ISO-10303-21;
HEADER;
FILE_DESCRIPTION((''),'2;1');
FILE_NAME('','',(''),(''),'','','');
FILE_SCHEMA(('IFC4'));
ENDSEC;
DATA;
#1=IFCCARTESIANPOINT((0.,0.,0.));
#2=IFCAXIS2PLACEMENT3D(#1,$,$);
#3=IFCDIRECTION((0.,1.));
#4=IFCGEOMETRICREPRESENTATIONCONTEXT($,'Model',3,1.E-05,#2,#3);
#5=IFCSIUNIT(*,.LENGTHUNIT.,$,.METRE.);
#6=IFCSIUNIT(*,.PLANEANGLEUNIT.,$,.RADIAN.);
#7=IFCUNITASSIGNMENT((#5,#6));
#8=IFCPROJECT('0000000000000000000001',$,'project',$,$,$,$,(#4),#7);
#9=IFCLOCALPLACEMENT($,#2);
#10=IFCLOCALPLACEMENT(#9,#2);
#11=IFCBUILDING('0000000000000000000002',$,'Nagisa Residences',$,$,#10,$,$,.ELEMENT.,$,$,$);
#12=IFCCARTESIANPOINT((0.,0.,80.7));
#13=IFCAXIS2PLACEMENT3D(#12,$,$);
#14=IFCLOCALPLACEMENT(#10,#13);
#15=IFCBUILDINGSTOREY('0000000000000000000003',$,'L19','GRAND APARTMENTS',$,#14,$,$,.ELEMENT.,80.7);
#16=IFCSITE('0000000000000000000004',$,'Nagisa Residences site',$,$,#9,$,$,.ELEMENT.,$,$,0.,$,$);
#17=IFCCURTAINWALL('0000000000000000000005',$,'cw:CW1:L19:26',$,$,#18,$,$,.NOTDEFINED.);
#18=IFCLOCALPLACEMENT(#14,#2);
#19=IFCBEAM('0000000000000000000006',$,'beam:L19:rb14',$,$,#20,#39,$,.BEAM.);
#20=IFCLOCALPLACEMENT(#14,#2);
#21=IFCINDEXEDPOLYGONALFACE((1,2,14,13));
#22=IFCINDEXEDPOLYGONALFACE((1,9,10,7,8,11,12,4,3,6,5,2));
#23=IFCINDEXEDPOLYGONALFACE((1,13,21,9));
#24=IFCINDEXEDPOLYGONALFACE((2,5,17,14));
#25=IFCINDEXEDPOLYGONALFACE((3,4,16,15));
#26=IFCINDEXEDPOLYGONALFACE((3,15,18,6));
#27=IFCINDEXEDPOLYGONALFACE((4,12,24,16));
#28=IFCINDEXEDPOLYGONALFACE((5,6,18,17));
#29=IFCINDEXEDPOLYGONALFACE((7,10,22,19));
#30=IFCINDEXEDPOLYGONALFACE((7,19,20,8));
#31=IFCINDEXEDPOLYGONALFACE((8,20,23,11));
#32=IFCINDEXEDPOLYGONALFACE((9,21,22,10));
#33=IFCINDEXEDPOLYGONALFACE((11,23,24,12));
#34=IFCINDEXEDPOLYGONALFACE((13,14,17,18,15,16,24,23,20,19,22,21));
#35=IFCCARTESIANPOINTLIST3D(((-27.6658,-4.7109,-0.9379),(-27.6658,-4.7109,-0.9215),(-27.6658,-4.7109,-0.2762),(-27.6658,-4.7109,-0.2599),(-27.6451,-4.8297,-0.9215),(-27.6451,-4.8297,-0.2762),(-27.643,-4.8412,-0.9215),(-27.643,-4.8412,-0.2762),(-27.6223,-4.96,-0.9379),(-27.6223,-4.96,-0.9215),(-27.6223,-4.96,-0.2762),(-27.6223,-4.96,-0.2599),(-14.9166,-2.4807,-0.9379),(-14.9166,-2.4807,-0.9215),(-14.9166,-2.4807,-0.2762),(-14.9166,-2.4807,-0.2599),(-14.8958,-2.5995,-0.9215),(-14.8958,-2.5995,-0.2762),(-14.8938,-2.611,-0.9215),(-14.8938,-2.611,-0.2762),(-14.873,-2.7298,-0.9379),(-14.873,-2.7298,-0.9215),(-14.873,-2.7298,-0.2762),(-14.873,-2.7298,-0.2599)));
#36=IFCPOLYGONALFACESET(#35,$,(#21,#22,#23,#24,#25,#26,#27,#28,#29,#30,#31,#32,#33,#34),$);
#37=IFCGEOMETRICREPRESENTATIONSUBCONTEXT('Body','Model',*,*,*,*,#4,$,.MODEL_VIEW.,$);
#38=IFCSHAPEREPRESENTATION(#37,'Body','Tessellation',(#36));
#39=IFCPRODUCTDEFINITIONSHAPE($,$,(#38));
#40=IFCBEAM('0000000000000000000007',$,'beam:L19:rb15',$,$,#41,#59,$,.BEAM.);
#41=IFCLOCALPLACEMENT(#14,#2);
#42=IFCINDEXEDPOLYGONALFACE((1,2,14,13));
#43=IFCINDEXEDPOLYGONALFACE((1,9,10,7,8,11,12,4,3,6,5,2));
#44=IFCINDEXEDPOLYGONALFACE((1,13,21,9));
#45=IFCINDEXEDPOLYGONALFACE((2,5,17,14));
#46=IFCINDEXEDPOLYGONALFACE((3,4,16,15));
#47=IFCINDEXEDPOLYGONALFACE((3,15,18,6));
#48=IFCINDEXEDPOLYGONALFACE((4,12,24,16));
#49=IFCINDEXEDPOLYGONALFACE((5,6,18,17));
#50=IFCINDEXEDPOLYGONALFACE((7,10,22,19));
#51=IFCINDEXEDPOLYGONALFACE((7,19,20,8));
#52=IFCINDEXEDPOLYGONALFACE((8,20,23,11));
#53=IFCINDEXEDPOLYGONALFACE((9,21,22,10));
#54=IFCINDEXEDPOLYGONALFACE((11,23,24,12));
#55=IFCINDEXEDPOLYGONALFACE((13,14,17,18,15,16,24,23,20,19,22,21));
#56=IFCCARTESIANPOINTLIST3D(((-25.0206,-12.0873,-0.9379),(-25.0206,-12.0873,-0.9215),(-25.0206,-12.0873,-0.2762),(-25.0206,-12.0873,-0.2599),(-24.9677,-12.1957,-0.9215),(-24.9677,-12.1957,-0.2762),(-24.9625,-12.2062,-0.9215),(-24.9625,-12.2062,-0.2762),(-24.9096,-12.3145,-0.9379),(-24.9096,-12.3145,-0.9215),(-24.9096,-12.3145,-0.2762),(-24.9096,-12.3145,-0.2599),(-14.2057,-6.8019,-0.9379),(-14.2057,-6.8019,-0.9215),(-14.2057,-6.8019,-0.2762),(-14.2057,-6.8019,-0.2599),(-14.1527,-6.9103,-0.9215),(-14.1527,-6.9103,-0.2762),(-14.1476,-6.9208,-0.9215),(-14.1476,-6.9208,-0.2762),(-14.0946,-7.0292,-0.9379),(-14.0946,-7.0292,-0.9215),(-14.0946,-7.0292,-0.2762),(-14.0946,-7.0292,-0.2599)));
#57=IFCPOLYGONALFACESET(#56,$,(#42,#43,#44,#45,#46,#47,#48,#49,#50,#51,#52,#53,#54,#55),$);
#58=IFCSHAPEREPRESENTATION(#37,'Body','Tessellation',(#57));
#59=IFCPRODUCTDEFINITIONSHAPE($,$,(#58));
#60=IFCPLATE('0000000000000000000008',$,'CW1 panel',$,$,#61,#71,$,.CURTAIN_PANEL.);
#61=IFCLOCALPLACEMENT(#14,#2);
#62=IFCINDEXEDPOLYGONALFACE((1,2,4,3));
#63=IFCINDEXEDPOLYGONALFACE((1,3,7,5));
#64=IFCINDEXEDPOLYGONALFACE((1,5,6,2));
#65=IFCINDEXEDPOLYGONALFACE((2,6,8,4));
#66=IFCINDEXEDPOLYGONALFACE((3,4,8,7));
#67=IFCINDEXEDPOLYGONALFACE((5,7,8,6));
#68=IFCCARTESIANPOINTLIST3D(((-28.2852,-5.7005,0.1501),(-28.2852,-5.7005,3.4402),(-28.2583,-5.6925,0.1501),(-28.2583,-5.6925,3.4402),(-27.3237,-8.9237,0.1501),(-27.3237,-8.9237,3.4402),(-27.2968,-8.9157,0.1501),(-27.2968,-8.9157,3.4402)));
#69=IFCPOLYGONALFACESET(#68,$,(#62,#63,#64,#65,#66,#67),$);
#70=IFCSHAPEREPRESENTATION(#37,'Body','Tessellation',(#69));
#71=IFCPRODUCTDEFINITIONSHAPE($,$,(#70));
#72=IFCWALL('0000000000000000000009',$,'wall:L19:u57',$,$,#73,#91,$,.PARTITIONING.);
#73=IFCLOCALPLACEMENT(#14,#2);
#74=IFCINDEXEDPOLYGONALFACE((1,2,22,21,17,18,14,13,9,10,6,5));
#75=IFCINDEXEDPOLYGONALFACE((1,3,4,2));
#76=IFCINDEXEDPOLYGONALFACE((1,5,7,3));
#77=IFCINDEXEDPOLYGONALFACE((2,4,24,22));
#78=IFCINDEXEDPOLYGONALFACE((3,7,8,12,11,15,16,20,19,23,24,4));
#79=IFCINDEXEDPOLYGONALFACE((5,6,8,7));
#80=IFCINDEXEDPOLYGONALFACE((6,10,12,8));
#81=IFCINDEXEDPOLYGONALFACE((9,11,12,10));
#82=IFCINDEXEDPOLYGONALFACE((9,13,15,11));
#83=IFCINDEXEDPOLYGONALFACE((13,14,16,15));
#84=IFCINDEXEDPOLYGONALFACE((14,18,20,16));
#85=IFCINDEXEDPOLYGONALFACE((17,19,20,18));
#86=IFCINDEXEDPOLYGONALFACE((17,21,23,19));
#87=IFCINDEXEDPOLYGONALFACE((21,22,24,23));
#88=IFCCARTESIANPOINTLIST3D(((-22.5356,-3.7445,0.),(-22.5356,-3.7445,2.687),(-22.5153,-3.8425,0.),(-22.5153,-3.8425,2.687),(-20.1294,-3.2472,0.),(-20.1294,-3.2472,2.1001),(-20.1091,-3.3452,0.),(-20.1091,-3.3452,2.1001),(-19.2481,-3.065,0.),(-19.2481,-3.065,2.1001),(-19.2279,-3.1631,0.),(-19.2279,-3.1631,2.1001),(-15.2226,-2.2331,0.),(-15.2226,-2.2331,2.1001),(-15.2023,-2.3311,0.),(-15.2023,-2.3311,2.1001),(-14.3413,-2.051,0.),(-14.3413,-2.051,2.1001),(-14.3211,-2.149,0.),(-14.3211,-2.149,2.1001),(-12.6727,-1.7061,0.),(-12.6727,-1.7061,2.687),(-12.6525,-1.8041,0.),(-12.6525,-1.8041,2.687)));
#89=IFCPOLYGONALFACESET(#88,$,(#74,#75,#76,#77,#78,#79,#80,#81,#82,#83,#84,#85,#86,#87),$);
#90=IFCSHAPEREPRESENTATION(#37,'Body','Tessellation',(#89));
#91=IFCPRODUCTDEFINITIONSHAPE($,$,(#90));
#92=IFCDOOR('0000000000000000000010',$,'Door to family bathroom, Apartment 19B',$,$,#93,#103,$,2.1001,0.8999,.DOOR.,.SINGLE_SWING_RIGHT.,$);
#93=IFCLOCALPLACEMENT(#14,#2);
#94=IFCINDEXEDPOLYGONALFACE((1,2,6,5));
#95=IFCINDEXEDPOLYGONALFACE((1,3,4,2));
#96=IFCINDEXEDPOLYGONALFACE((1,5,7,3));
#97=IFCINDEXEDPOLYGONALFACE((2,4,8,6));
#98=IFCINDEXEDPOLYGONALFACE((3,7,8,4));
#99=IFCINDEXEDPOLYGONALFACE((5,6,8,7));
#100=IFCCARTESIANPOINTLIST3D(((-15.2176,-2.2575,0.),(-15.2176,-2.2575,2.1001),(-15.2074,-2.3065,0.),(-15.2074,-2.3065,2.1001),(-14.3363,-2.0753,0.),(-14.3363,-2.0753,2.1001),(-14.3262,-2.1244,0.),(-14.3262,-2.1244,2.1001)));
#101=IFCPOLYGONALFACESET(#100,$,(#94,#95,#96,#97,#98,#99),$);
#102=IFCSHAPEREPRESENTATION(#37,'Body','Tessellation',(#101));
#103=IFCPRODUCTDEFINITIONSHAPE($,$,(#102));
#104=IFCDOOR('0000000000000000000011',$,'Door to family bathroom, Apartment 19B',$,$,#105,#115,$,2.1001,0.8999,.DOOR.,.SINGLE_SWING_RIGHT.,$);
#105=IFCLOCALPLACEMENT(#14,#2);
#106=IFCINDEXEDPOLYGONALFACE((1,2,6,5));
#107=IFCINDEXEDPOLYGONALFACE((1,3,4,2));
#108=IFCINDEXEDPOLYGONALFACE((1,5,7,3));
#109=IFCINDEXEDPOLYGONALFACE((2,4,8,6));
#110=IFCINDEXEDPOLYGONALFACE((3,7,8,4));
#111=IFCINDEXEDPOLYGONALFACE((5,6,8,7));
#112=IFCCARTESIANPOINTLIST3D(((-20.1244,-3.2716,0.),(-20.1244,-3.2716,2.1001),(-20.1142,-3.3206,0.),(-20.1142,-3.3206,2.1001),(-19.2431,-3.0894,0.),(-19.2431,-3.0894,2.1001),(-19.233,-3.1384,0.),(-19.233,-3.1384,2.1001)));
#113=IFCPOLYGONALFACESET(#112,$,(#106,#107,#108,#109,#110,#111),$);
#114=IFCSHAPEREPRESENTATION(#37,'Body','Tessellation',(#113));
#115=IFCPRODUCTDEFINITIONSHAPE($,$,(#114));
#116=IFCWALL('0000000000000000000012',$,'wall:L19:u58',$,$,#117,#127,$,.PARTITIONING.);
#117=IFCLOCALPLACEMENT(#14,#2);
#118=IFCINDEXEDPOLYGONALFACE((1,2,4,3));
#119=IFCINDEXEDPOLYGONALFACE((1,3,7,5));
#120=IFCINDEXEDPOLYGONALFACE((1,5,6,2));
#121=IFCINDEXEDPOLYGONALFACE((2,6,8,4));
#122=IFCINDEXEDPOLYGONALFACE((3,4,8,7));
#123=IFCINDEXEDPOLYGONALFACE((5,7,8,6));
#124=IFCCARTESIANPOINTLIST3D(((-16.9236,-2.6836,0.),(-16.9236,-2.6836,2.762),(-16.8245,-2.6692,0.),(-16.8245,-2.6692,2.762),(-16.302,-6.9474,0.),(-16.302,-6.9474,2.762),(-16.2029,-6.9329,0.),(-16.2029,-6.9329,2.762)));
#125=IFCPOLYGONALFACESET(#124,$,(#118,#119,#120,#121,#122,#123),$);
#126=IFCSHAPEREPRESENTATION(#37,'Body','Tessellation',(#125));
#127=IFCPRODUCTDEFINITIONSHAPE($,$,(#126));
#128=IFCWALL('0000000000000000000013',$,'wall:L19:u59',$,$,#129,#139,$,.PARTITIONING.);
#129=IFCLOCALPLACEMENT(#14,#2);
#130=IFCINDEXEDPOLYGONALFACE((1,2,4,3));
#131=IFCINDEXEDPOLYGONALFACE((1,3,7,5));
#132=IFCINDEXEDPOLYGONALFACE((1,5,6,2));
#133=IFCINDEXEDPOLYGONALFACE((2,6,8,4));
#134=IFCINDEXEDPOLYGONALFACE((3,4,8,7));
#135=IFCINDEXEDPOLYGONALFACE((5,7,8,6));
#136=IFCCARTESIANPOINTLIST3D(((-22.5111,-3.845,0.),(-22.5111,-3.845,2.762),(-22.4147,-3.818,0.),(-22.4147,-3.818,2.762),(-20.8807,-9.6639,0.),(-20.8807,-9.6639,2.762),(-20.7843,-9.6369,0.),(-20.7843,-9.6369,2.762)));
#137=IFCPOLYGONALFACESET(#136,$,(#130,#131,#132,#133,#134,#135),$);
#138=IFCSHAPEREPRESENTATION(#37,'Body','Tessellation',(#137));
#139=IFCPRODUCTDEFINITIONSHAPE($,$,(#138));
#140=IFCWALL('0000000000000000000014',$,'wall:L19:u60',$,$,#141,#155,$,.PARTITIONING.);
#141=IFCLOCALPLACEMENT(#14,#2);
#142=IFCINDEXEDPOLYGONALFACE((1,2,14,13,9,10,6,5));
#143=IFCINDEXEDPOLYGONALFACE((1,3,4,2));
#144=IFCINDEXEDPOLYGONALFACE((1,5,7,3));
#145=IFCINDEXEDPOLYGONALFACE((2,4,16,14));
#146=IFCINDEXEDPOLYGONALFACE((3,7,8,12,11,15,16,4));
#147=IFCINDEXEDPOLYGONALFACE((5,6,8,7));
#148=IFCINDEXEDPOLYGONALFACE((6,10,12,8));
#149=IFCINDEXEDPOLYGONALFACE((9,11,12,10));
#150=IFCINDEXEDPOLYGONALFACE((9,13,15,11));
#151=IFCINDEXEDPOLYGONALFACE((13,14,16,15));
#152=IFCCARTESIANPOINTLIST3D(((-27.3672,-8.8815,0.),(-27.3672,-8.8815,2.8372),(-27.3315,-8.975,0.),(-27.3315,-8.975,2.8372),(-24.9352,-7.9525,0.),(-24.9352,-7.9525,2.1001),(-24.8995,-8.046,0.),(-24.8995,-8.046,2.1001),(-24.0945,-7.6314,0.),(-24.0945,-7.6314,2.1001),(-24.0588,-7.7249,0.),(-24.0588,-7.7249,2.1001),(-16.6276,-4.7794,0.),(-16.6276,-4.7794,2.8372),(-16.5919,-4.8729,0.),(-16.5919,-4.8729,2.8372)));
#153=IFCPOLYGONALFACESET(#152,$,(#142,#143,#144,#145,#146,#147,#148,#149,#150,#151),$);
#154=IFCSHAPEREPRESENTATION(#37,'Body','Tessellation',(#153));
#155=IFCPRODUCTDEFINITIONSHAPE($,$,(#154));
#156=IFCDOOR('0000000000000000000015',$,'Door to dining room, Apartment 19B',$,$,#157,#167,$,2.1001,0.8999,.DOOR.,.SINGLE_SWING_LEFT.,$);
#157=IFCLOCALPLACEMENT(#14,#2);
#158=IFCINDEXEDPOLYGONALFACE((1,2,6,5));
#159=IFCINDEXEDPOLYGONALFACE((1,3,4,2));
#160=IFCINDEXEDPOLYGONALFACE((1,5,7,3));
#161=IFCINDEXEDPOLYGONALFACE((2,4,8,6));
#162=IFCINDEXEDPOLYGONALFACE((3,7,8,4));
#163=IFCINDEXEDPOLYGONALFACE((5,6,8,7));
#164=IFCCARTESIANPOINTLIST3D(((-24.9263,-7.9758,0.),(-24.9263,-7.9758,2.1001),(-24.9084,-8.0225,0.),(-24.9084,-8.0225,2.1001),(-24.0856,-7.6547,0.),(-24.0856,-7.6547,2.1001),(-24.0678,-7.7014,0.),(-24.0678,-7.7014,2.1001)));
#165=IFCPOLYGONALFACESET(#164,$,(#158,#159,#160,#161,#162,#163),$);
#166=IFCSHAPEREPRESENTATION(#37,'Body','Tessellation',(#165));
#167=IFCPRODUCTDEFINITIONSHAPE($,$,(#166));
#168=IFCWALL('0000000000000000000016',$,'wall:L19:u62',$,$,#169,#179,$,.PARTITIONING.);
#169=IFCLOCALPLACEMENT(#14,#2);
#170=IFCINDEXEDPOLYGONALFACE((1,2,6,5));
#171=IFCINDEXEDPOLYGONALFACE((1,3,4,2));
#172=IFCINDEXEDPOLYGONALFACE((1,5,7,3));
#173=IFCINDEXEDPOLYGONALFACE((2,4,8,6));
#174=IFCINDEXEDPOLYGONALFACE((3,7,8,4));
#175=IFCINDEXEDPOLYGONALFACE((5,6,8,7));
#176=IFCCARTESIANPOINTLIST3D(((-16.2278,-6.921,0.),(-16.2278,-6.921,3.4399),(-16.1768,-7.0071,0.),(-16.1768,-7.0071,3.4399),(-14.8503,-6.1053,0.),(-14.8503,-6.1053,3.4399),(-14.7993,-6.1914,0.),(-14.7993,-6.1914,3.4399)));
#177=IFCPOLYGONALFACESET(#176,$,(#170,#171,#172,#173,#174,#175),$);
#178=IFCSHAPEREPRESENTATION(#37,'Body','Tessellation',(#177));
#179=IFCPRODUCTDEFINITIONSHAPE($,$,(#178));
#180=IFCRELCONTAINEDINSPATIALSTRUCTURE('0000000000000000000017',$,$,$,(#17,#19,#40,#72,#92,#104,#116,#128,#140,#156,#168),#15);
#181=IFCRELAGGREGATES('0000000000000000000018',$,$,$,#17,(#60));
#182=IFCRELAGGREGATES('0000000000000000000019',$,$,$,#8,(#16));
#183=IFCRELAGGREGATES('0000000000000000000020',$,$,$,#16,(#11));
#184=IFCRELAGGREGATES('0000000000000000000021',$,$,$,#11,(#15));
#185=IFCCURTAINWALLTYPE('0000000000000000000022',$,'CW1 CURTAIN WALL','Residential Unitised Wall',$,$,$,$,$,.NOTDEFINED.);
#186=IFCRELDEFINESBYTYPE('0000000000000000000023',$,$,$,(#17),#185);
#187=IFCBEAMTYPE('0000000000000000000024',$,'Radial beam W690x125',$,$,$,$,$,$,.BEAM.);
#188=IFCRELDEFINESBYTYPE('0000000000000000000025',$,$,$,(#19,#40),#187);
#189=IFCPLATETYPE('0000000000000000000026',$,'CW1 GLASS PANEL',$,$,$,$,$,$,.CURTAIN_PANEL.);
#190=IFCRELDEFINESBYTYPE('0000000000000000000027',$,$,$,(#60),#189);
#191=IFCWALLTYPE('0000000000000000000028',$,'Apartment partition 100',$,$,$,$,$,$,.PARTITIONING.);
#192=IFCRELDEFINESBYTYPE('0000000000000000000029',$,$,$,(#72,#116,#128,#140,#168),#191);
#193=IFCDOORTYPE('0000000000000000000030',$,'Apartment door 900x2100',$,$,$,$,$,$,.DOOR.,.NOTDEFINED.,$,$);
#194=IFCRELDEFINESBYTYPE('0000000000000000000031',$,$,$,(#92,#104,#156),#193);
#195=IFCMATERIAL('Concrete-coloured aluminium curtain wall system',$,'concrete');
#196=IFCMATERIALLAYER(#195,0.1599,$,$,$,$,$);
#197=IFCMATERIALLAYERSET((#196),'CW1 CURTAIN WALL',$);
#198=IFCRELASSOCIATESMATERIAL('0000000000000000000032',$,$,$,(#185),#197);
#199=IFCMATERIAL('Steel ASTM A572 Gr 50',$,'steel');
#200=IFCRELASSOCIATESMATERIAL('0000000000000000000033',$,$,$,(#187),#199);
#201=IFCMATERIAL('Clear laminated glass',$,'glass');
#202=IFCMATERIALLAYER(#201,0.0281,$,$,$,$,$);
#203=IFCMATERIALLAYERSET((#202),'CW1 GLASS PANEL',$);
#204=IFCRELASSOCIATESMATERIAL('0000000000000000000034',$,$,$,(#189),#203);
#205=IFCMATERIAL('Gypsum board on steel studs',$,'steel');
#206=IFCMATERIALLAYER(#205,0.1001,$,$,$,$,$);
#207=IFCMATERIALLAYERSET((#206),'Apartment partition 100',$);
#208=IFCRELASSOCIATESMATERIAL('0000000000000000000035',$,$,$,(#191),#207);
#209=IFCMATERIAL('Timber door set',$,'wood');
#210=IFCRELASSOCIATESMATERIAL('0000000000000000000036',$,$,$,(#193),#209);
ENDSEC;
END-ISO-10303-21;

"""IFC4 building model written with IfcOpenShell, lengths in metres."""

from ifc_helpers import new_model, si_unit, direction, frame, frame_2d, origin, origin_2d, place, context, subcontext, project, spatial, rectangle, i_section, extrude, material, layer, layer_set, material_profile, profile_set, type_object, element, fill, aggregate, save


model = new_model("IFC4")

# Units and contexts
model_context = context("Model", 3, precision=1e-05, world=origin(), true_north=direction((0.0, 1.0)))
body_context = subcontext(model_context, "Body", "Model", "MODEL_VIEW")
ifc_project = project(units=[si_unit("LENGTHUNIT", "METRE"), si_unit("PLANEANGLEUNIT", "RADIAN")], contexts=[model_context])

# Site, building, storey
site_placement = place(None, origin())
site = spatial("IfcSite", under=ifc_project, at=site_placement, Name="Nagisa Residences site", CompositionType="ELEMENT", RefElevation=0.0)
building_placement = place(site_placement, origin())
building = spatial("IfcBuilding", under=site, at=building_placement, Name="Nagisa Residences", CompositionType="ELEMENT")
storey_placement = place(building_placement, frame((0.0, 0.0, 80.7)))
storey = spatial("IfcBuildingStorey", under=building, at=storey_placement, Name="L19", Description="GRAND APARTMENTS", CompositionType="ELEMENT", Elevation=80.7)

# Curtain wall
ifc_material_1 = material(Name="Concrete-coloured aluminium curtain wall system", Category="concrete")
ifc_layer_1 = layer(ifc_material_1, 0.1599)
ifc_layer_set_1 = layer_set([ifc_layer_1], Name="CW1 CURTAIN WALL")
curtain_wall_type = type_object("IfcCurtainWallType", Name="CW1 CURTAIN WALL", Description="Residential Unitised Wall", PredefinedType="NOTDEFINED", material=ifc_layer_set_1)
curtain_wall_1_placement = place(storey_placement, origin())
curtain_wall_1 = element("IfcCurtainWall", 1, at=curtain_wall_1_placement, inside=storey, type_object=curtain_wall_type, Name="cw:CW1:L19:26", PredefinedType="NOTDEFINED")

# Beams
ifc_material_2 = material(Name="Steel ASTM A572 Gr 50", Category="steel")
ifc_material_profile_1 = material_profile(ifc_material_2, i_section(OverallWidth=0.2529, OverallDepth=0.678, WebThickness=0.0117, FlangeThickness=0.0164, at=origin_2d()), Name="W690x125")
ifc_profile_set_1 = profile_set([ifc_material_profile_1], Name="Steel ASTM A572 Gr 50")
beam_type_1 = type_object("IfcBeamType", Name="Radial beam W690x125", PredefinedType="BEAM", material=ifc_profile_set_1)
beam_1_placement = place(storey_placement, frame((-27.644, -4.8354, -0.5989), z_axis=(0.985042, 0.172313, 0.0), x_axis=(-0.172313, 0.985042, 0.0)))
element("IfcBeam", 2, at=beam_1_placement, inside=storey, type_object=beam_type_1, Name="beam:L19:rb14", PredefinedType="BEAM", context=body_context, shape_type="SweptSolid", body=[
    extrude(i_section(OverallWidth=0.2529, OverallDepth=0.678, WebThickness=0.0117, FlangeThickness=0.0164, at=origin_2d()), origin(), (0.0, 0.0, 1.0), 12.9429),
])
beam_2_placement = place(storey_placement, frame((-24.9651, -12.2009, -0.5989), z_axis=(0.898447, 0.439082, 0.0), x_axis=(-0.439082, 0.898447, 0.0)))
element("IfcBeam", 3, at=beam_2_placement, inside=storey, type_object=beam_type_1, Name="beam:L19:rb15", PredefinedType="BEAM", context=body_context, shape_type="SweptSolid", body=[
    extrude(i_section(OverallWidth=0.2529, OverallDepth=0.678, WebThickness=0.0117, FlangeThickness=0.0164, at=origin_2d()), origin(), (0.0, 0.0, 1.0), 12.0374),
])

# Plate
ifc_material_3 = material(Name="Clear laminated glass", Category="glass")
ifc_layer_2 = layer(ifc_material_3, 0.0281)
ifc_layer_set_2 = layer_set([ifc_layer_2], Name="CW1 GLASS PANEL")
plate_type = type_object("IfcPlateType", Name="CW1 GLASS PANEL", PredefinedType="CURTAIN_PANEL", material=ifc_layer_set_2)
plate_placement = place(storey_placement, frame((-27.791, -7.3081, 0.1501), z_axis=(0.0, 0.0, 1.0), x_axis=(0.28586, -0.958271, 0.0)))
plate = element("IfcPlate", 4, at=plate_placement, type_object=plate_type, Name="CW1 panel", PredefinedType="CURTAIN_PANEL", context=body_context, shape_type="SweptSolid", body=[
    extrude(rectangle(XDim=3.3635, YDim=0.0281, at=origin_2d()), origin(), (0.0, 0.0, 1.0), 3.29),
])
aggregate(curtain_wall_1, [plate])

# Wall, openings, doors
ifc_material_4 = material(Name="Gypsum board on steel studs", Category="steel")
ifc_layer_3 = layer(ifc_material_4, 0.1001)
ifc_layer_set_3 = layer_set([ifc_layer_3], Name="Apartment partition 100")
wall_type_1 = type_object("IfcWallType", Name="Apartment partition 100", PredefinedType="PARTITIONING", material=ifc_layer_set_3)
wall_1_placement = place(storey_placement, frame((-12.6626, -1.7551, 0.0), z_axis=(0.0, 0.0, 1.0), x_axis=(-0.979305, -0.202392, 0.0)))
wall_1 = element("IfcWall", 5, at=wall_1_placement, inside=storey, type_object=wall_type_1, Name="wall:L19:u57", PredefinedType="PARTITIONING", context=body_context, shape_type="SweptSolid", body=[
    extrude(rectangle(XDim=10.0713, YDim=0.1001, at=frame_2d((5.0356, 0.0))), origin(), (0.0, 0.0, 1.0), 2.687),
])
opening_1_placement = place(wall_1_placement, frame((1.7039, 0.0, 0.0)))
opening_1 = element("IfcOpeningElement", 6, at=opening_1_placement, cuts=wall_1, PredefinedType="OPENING", context=body_context, shape_type="SweptSolid", body=[
    extrude(rectangle(XDim=0.8999, YDim=2.1001, at=frame_2d((0.45, 1.05))), frame((0.0, 0.0601, 0.0), z_axis=(0.0, -1.0, 0.0), x_axis=(1.0, 0.0, 0.0)), (0.0, 0.0, 1.0), 0.1201),
])
opening_2_placement = place(wall_1_placement, frame((6.7144, 0.0, 0.0)))
opening_2 = element("IfcOpeningElement", 7, at=opening_2_placement, cuts=wall_1, PredefinedType="OPENING", context=body_context, shape_type="SweptSolid", body=[
    extrude(rectangle(XDim=0.8999, YDim=2.1001, at=frame_2d((0.45, 1.05))), frame((0.0, 0.0601, 0.0), z_axis=(0.0, -1.0, 0.0), x_axis=(1.0, 0.0, 0.0)), (0.0, 0.0, 1.0), 0.1201),
])
ifc_material_5 = material(Name="Timber door set", Category="wood")
door_type_1 = type_object("IfcDoorType", Name="Apartment door 900x2100", OperationType="NOTDEFINED", PredefinedType="DOOR", material=ifc_material_5)
door_1_placement = place(opening_1_placement, origin())
door_1 = element("IfcDoor", 8, at=door_1_placement, inside=storey, type_object=door_type_1, Name="Door to family bathroom, Apartment 19B", OperationType="SINGLE_SWING_RIGHT", OverallHeight=2.1001, OverallWidth=0.8999, PredefinedType="DOOR", context=body_context, shape_type="SweptSolid", body=[
    extrude(rectangle(XDim=0.8999, YDim=2.1001, at=frame_2d((0.45, 1.05))), frame((0.0, 0.0249, 0.0), z_axis=(0.0, -1.0, 0.0), x_axis=(1.0, 0.0, 0.0)), (0.0, 0.0, 1.0), 0.05),
])
fill(opening_1, door_1)
door_2_placement = place(opening_2_placement, origin())
door_2 = element("IfcDoor", 9, at=door_2_placement, inside=storey, type_object=door_type_1, Name="Door to family bathroom, Apartment 19B", OperationType="SINGLE_SWING_RIGHT", OverallHeight=2.1001, OverallWidth=0.8999, PredefinedType="DOOR", context=body_context, shape_type="SweptSolid", body=[
    extrude(rectangle(XDim=0.8999, YDim=2.1001, at=frame_2d((0.45, 1.05))), frame((0.0, 0.0249, 0.0), z_axis=(0.0, -1.0, 0.0), x_axis=(1.0, 0.0, 0.0)), (0.0, 0.0, 1.0), 0.05),
])
fill(opening_2, door_2)

# Walls
wall_2_placement = place(storey_placement, frame((-16.874, -2.6765, 0.0), z_axis=(0.0, 0.0, 1.0), x_axis=(0.144261, -0.98954, 0.0)))
element("IfcWall", 10, at=wall_2_placement, inside=storey, type_object=wall_type_1, Name="wall:L19:u58", PredefinedType="PARTITIONING", context=body_context, shape_type="SweptSolid", body=[
    extrude(rectangle(XDim=4.3088, YDim=0.1001, at=frame_2d((2.1543, 0.0))), origin(), (0.0, 0.0, 1.0), 2.762),
])
wall_3_placement = place(storey_placement, frame((-22.4629, -3.8315, 0.0), z_axis=(0.0, 0.0, 1.0), x_axis=(0.269798, -0.962917, 0.0)))
element("IfcWall", 11, at=wall_3_placement, inside=storey, type_object=wall_type_1, Name="wall:L19:u59", PredefinedType="PARTITIONING", context=body_context, shape_type="SweptSolid", body=[
    extrude(rectangle(XDim=6.043, YDim=0.1001, at=frame_2d((3.0215, 0.0))), origin(), (0.0, 0.0, 1.0), 2.762),
])

# Wall, opening, door
wall_4_placement = place(storey_placement, frame((-16.6099, -4.8262, 0.0), z_axis=(0.0, 0.0, 1.0), x_axis=(-0.934175, -0.356816, 0.0)))
wall_4 = element("IfcWall", 12, at=wall_4_placement, inside=storey, type_object=wall_type_1, Name="wall:L19:u60", PredefinedType="PARTITIONING", context=body_context, shape_type="SweptSolid", body=[
    extrude(rectangle(XDim=11.4963, YDim=0.1001, at=frame_2d((5.748, 0.0))), origin(), (0.0, 0.0, 1.0), 2.8372),
])
opening_3_placement = place(wall_4_placement, frame((7.9929, 0.0, 0.0)))
opening_3 = element("IfcOpeningElement", 13, at=opening_3_placement, cuts=wall_4, PredefinedType="OPENING", context=body_context, shape_type="SweptSolid", body=[
    extrude(rectangle(XDim=0.8999, YDim=2.1001, at=frame_2d((0.45, 1.05))), frame((0.0, 0.0601, 0.0), z_axis=(0.0, -1.0, 0.0), x_axis=(1.0, 0.0, 0.0)), (0.0, 0.0, 1.0), 0.1201),
])
door_3_placement = place(opening_3_placement, origin())
door_3 = element("IfcDoor", 14, at=door_3_placement, inside=storey, type_object=door_type_1, Name="Door to dining room, Apartment 19B", OperationType="SINGLE_SWING_LEFT", OverallHeight=2.1001, OverallWidth=0.8999, PredefinedType="DOOR", context=body_context, shape_type="SweptSolid", body=[
    extrude(rectangle(XDim=0.8999, YDim=2.1001, at=frame_2d((0.45, 1.05))), frame((0.0, 0.0249, 0.0), z_axis=(0.0, -1.0, 0.0), x_axis=(1.0, 0.0, 0.0)), (0.0, 0.0, 1.0), 0.05),
])
fill(opening_3, door_3)

# Wall
wall_5_placement = place(storey_placement, frame((-14.825, -6.1484, 0.0), z_axis=(0.0, 0.0, 1.0), x_axis=(-0.860453, -0.509531, 0.0)))
element("IfcWall", 15, at=wall_5_placement, inside=storey, type_object=wall_type_1, Name="wall:L19:u62", PredefinedType="PARTITIONING", context=body_context, shape_type="SweptSolid", body=[
    extrude(rectangle(XDim=1.6008, YDim=0.1001, at=frame_2d((0.8003, 0.0))), origin(), (0.0, 0.0, 1.0), 3.4399),
])

save(model, "model.ifc")
